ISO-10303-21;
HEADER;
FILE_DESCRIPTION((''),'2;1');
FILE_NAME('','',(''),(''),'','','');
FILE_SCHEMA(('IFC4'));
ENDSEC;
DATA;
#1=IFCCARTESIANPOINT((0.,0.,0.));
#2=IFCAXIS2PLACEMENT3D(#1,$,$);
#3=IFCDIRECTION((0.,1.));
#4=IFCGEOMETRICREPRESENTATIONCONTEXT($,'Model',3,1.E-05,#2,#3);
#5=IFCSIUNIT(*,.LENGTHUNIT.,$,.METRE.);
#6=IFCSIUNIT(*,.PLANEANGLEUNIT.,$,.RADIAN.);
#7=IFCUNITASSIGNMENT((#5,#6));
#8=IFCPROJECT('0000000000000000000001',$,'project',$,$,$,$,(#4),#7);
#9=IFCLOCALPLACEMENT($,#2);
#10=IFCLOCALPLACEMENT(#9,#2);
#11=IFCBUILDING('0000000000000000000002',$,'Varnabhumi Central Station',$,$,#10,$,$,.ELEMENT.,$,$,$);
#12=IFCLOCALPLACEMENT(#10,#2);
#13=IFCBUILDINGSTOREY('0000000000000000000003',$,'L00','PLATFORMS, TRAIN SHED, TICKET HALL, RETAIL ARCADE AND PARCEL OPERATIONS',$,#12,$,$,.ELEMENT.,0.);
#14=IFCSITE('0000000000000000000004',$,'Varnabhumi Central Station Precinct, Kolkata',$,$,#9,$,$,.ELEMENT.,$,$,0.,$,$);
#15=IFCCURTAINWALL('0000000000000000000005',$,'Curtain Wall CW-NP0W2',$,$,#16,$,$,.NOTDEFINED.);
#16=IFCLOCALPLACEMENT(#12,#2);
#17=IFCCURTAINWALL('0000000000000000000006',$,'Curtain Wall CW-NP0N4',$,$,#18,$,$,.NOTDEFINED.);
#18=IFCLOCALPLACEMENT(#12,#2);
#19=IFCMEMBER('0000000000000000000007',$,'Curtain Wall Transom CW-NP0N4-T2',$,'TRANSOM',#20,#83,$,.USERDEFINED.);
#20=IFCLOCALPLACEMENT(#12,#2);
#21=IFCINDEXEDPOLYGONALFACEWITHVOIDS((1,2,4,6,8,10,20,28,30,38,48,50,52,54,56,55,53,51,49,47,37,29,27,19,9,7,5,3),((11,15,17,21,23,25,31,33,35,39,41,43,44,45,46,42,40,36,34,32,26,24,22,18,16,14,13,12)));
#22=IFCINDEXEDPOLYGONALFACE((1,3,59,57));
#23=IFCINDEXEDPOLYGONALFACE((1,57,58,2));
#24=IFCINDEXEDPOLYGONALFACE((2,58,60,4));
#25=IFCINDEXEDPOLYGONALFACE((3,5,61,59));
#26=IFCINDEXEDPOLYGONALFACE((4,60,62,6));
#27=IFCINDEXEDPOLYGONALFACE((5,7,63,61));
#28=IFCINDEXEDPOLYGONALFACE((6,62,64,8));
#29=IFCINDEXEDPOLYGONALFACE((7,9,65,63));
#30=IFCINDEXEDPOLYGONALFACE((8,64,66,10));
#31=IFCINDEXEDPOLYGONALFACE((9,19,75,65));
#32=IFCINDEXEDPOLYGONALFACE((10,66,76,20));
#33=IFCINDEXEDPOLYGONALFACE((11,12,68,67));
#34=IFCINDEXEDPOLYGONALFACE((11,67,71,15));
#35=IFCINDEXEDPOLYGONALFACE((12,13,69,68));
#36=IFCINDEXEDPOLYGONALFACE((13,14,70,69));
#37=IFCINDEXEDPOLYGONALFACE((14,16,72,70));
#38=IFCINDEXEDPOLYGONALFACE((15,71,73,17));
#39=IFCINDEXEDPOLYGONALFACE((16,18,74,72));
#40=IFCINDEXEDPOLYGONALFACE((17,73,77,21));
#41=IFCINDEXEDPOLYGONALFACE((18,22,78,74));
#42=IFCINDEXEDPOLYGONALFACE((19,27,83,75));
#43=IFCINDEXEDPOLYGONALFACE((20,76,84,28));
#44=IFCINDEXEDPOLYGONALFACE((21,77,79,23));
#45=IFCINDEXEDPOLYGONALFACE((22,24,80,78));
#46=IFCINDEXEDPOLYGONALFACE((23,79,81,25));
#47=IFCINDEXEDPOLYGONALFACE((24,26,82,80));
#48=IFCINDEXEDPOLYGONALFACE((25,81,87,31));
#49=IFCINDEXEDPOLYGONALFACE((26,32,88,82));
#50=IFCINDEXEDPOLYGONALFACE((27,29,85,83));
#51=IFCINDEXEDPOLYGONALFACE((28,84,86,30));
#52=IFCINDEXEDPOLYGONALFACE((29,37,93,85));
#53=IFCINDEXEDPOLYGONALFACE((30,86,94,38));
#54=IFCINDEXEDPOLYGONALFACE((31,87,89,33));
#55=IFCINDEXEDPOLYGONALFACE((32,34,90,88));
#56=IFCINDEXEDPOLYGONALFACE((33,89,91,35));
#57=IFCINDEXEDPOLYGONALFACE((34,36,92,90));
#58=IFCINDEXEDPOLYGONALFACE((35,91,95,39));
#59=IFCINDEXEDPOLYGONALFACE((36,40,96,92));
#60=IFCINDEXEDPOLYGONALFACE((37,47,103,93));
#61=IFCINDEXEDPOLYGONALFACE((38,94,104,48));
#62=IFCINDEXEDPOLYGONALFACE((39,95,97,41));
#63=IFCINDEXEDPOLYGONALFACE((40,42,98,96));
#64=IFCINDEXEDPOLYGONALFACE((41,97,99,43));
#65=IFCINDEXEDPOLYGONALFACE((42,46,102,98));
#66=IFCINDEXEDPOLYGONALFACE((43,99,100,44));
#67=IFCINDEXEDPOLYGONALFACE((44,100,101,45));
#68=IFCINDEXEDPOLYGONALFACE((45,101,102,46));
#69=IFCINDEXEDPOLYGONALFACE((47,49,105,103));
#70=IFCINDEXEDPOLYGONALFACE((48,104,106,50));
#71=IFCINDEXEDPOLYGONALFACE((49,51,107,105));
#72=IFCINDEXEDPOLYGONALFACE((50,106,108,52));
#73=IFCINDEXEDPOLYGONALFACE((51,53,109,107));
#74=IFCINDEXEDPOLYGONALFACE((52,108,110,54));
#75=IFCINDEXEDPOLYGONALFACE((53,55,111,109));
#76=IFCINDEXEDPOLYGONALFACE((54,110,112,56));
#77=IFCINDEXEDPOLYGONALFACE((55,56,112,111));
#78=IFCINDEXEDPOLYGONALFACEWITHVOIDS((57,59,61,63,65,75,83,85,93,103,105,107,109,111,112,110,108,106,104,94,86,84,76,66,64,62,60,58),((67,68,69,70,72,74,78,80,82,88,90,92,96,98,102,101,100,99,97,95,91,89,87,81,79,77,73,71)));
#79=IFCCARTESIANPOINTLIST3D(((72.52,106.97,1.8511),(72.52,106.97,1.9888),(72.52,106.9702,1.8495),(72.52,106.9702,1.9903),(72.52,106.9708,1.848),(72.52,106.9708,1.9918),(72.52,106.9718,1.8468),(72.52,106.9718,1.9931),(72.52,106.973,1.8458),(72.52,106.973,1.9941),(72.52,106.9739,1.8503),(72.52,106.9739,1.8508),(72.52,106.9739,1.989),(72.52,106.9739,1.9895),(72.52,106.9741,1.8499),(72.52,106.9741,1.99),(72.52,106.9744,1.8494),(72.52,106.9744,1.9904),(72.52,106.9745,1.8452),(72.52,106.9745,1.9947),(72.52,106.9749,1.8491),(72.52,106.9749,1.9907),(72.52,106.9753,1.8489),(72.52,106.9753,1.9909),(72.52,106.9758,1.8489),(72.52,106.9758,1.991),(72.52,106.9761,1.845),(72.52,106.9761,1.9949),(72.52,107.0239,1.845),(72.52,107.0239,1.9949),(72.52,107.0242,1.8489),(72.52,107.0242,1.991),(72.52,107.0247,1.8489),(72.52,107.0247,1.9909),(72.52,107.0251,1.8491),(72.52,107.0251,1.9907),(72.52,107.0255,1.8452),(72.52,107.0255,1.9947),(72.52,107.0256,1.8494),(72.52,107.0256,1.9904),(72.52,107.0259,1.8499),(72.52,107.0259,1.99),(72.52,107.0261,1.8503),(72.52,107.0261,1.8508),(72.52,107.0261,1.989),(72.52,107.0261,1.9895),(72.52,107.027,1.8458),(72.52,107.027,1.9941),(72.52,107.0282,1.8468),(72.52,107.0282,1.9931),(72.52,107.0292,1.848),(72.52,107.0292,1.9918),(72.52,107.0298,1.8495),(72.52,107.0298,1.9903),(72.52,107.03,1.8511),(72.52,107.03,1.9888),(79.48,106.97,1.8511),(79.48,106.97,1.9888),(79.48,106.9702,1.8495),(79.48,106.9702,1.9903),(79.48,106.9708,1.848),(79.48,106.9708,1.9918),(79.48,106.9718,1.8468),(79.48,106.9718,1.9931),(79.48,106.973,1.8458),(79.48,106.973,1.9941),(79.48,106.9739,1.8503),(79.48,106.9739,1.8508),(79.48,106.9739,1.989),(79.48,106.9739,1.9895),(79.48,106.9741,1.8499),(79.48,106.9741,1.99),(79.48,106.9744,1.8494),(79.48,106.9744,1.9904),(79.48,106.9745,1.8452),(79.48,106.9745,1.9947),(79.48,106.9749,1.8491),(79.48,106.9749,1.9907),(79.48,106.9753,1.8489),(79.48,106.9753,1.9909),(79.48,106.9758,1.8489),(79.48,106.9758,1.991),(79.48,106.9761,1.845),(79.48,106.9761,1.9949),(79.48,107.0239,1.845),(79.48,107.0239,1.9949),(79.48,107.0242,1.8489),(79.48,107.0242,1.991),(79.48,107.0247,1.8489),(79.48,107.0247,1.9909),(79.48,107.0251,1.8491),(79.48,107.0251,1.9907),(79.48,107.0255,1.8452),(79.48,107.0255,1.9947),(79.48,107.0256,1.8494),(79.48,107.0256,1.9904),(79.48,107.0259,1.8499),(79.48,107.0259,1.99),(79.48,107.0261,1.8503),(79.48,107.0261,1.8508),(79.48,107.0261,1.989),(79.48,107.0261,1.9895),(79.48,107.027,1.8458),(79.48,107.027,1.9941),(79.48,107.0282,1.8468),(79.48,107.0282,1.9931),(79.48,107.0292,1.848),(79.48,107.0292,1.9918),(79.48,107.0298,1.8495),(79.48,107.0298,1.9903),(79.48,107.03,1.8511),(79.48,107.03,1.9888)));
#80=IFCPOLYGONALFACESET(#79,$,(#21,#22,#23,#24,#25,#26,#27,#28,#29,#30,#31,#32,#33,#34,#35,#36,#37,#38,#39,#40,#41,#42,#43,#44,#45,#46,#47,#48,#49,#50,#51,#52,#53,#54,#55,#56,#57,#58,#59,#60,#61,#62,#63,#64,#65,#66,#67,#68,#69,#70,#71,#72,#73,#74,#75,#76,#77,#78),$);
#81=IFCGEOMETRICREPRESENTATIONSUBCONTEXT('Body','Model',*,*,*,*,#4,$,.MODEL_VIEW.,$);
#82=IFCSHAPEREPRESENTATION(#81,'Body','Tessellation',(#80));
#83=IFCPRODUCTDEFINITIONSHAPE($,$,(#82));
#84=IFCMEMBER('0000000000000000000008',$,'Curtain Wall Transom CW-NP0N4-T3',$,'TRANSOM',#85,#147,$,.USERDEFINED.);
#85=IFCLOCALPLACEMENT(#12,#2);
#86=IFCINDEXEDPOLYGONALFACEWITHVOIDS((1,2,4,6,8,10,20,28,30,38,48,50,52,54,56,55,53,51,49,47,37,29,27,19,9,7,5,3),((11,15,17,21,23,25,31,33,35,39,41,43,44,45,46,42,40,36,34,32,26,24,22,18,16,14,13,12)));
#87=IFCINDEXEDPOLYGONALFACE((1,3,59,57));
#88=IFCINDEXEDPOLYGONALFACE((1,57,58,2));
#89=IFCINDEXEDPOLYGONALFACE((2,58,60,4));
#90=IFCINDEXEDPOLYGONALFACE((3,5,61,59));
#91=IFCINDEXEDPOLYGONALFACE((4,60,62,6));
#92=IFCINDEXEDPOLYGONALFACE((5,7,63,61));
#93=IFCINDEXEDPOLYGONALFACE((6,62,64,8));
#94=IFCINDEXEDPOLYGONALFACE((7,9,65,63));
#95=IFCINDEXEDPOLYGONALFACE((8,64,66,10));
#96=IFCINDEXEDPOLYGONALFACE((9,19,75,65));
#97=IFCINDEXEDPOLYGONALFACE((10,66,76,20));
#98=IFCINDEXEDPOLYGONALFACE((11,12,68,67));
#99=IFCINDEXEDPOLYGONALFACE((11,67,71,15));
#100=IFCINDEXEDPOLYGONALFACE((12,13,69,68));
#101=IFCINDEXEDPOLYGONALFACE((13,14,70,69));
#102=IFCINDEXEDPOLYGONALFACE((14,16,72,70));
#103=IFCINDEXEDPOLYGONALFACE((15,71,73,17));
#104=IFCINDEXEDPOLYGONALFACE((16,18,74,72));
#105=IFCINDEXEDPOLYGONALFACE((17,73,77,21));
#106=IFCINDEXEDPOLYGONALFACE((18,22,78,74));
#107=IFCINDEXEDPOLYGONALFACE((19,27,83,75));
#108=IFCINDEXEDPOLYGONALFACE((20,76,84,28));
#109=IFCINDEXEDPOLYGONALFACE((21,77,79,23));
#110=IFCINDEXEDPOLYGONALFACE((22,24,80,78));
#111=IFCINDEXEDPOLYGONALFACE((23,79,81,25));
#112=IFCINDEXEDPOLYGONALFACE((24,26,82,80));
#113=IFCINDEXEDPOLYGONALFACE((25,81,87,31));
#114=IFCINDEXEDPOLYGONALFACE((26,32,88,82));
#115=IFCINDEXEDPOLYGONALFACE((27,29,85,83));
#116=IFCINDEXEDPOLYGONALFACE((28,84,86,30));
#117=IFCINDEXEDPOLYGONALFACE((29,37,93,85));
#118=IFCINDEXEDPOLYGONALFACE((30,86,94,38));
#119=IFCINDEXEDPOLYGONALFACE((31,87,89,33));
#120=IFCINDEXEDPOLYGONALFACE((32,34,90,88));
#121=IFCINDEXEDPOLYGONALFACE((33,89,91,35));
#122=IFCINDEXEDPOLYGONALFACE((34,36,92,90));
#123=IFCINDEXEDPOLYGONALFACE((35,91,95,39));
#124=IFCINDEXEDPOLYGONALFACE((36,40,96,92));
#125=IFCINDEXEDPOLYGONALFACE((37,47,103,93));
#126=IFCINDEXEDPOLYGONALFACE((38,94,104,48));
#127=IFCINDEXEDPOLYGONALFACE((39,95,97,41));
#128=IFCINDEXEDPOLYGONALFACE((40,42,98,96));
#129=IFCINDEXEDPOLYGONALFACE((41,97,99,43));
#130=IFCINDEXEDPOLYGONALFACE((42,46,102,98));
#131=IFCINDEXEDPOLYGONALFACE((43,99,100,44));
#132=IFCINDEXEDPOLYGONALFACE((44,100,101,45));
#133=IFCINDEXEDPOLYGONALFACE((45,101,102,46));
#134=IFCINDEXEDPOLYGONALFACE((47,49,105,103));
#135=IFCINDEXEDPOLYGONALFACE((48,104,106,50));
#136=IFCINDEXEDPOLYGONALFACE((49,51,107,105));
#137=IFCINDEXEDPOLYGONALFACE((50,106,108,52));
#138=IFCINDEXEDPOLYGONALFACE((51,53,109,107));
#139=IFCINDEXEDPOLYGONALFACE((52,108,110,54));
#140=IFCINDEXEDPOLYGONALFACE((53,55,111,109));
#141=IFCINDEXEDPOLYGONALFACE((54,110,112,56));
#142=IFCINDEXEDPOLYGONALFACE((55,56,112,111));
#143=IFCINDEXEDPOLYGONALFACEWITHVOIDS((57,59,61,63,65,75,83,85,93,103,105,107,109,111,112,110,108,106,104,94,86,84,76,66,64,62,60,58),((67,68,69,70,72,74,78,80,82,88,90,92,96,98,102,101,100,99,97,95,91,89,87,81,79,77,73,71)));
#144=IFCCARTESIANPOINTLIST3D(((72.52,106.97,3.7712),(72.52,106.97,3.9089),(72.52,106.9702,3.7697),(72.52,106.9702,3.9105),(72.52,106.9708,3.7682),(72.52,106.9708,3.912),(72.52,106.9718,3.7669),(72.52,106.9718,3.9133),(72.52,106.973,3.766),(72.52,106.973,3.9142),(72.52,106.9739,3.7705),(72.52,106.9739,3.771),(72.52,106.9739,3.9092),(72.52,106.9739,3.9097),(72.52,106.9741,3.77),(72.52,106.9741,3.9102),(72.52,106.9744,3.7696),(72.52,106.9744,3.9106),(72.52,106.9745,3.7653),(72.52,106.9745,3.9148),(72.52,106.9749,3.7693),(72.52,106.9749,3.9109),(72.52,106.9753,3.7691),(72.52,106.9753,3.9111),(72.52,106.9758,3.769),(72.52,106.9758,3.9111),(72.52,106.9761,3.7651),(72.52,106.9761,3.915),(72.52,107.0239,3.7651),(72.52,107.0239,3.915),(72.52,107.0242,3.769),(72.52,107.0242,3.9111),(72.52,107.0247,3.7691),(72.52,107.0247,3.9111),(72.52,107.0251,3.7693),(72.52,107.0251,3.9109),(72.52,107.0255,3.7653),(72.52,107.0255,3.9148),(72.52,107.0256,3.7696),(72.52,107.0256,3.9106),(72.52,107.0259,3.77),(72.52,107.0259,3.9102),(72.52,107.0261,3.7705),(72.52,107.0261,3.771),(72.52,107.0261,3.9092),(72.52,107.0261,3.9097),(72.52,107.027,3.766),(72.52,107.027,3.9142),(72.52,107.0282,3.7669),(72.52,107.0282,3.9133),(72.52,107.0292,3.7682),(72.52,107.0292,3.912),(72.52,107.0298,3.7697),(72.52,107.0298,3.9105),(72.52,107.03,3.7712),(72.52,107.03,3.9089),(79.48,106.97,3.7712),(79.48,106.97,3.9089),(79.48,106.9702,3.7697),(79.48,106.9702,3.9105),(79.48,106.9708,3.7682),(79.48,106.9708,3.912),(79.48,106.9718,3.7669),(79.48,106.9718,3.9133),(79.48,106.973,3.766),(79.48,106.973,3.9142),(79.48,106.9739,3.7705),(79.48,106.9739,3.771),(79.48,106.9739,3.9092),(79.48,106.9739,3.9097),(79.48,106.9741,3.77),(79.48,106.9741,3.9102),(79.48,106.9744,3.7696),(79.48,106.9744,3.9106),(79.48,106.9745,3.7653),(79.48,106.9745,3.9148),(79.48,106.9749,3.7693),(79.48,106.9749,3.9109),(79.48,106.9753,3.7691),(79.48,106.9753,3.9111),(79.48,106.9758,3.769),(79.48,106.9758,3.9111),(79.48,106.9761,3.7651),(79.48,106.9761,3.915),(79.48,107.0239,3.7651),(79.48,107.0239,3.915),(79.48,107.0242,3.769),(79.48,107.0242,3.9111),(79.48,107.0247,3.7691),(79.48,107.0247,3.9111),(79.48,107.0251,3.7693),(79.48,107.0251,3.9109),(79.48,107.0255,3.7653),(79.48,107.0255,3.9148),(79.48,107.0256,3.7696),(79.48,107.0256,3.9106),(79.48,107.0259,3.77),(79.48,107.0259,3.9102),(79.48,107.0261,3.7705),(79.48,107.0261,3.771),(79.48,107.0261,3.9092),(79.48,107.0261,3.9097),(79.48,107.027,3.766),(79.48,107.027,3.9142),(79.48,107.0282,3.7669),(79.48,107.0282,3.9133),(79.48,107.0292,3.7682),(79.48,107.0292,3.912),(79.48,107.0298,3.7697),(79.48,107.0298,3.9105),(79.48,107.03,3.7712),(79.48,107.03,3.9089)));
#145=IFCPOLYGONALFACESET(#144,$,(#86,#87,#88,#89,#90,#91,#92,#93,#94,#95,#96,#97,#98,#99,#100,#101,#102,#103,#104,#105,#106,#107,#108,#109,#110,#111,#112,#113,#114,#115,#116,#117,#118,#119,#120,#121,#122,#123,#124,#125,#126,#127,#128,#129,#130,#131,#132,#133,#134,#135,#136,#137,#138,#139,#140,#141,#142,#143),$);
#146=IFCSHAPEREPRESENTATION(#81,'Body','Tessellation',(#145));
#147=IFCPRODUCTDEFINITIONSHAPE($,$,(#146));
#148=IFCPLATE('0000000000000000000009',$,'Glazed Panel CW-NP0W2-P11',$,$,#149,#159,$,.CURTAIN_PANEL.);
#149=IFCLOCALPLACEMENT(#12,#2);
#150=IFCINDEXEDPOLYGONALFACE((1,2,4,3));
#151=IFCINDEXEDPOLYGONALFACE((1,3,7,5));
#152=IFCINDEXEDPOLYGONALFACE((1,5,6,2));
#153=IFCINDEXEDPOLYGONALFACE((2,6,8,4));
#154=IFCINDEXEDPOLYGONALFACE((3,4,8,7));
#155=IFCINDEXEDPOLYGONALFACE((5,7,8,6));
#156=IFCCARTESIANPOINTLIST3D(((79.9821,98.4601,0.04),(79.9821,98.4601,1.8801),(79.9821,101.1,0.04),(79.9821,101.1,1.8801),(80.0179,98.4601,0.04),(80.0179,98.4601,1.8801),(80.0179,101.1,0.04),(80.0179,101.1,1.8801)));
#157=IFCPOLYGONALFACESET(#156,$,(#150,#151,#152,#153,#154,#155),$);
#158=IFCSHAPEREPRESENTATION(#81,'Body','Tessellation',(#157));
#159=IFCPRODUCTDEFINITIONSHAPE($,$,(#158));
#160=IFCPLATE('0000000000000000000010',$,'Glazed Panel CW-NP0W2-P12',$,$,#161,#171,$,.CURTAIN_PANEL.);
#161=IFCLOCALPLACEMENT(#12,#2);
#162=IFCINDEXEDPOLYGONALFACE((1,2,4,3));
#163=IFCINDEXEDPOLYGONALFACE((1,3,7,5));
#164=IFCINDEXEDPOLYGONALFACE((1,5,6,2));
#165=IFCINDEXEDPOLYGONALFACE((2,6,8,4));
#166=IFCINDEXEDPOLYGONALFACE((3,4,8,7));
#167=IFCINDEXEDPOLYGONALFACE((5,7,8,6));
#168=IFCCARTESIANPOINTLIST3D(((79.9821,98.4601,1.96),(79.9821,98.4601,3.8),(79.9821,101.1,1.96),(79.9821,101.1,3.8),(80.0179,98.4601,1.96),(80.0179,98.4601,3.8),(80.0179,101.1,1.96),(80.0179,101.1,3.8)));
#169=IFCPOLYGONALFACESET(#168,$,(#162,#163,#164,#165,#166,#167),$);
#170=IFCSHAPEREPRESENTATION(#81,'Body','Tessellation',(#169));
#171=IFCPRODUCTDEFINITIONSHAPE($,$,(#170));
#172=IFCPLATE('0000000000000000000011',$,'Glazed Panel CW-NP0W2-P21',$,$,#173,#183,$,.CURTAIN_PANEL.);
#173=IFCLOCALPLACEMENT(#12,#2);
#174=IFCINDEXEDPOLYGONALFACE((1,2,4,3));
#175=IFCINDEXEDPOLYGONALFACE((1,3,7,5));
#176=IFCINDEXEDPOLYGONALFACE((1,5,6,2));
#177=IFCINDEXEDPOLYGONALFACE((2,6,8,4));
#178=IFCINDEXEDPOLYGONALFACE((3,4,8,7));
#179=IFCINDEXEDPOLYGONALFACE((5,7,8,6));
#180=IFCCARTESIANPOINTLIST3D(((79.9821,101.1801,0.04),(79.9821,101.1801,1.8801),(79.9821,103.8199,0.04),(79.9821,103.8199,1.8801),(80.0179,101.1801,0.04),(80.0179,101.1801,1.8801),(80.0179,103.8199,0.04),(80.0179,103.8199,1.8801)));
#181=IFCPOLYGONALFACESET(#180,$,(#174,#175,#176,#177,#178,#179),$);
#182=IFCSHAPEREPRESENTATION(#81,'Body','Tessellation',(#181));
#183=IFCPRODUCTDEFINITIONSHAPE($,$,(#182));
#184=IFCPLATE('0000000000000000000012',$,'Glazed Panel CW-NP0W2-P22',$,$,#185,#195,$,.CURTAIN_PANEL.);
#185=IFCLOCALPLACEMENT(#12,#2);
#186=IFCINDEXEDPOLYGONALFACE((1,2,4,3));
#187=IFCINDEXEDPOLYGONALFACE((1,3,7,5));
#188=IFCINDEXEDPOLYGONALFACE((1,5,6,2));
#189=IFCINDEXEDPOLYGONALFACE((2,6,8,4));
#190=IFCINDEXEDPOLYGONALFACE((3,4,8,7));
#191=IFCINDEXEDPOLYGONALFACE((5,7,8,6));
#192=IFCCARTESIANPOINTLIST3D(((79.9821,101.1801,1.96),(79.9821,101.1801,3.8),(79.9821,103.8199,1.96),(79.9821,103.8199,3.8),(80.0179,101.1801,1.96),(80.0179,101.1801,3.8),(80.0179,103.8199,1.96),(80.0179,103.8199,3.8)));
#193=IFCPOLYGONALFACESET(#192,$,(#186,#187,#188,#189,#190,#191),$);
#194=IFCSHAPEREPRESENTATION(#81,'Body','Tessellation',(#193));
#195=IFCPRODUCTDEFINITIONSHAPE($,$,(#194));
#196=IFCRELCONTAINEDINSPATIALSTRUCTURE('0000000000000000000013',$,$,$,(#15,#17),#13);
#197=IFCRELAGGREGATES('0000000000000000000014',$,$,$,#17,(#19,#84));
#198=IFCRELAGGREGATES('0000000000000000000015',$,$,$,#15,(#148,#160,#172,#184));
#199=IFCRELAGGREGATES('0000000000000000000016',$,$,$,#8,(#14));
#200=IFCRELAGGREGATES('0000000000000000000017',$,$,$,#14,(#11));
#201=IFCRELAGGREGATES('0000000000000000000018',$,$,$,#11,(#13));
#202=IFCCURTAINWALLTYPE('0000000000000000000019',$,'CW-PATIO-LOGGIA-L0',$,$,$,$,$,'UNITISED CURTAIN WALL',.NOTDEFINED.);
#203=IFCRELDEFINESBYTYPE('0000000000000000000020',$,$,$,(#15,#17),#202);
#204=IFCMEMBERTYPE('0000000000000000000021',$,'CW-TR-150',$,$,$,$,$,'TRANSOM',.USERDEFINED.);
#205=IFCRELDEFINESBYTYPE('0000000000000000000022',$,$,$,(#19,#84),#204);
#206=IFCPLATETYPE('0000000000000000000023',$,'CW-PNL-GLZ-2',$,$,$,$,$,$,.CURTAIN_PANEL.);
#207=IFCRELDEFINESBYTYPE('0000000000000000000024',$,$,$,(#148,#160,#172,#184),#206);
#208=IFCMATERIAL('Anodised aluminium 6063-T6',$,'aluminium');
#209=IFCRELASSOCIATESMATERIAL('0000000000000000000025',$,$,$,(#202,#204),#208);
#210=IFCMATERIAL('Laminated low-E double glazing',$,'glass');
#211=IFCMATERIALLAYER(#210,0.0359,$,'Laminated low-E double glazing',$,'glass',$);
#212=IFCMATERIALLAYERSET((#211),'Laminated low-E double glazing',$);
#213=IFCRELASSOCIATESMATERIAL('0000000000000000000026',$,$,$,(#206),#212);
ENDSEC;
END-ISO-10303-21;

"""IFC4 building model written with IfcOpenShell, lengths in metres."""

from ifc_helpers import new_model, si_unit, direction, frame, origin, origin_2d, place, context, subcontext, project, spatial, rectangle, hollow_rectangle, extrude, material, layer, layer_set, material_profile, profile_set, type_object, element, aggregate, save


model = new_model("IFC4")

# Units and contexts
model_context = context("Model", 3, precision=1e-05, world=origin(), true_north=direction((0.0, 1.0)))
body_context = subcontext(model_context, "Body", "Model", "MODEL_VIEW")
ifc_project = project(units=[si_unit("LENGTHUNIT", "METRE"), si_unit("PLANEANGLEUNIT", "RADIAN")], contexts=[model_context])

# Site, building, storey
site_placement = place(None, origin())
site = spatial("IfcSite", under=ifc_project, at=site_placement, Name="Varnabhumi Central Station Precinct, Kolkata", CompositionType="ELEMENT", RefElevation=0.0)
building_placement = place(site_placement, origin())
building = spatial("IfcBuilding", under=site, at=building_placement, Name="Varnabhumi Central Station", CompositionType="ELEMENT")
storey_placement = place(building_placement, origin())
storey = spatial("IfcBuildingStorey", under=building, at=storey_placement, Name="L00", Description="PLATFORMS, TRAIN SHED, TICKET HALL, RETAIL ARCADE AND PARCEL OPERATIONS", CompositionType="ELEMENT", Elevation=0.0)

# Curtain wall
ifc_material_1 = material(Name="Anodised aluminium 6063-T6", Category="aluminium")
curtain_wall_type = type_object("IfcCurtainWallType", Name="CW-PATIO-LOGGIA-L0", ElementType="UNITISED CURTAIN WALL", PredefinedType="NOTDEFINED", material=ifc_material_1)
curtain_wall_1_placement = place(storey_placement, origin())
curtain_wall_1 = element("IfcCurtainWall", 1, at=curtain_wall_1_placement, inside=storey, type_object=curtain_wall_type, Name="Curtain Wall CW-NP0W2", PredefinedType="NOTDEFINED")

# Curtain wall
curtain_wall_2_placement = place(storey_placement, origin())
curtain_wall_2 = element("IfcCurtainWall", 2, at=curtain_wall_2_placement, inside=storey, type_object=curtain_wall_type, Name="Curtain Wall CW-NP0N4", PredefinedType="NOTDEFINED")

# Members
ifc_material_profile_1 = material_profile(ifc_material_1, hollow_rectangle(XDim=0.0601, YDim=0.1499, WallThickness=0.0039, InnerFilletRadius=0.002, OuterFilletRadius=0.0061, at=origin_2d()), Name="Anodised aluminium 6063-T6", Category="aluminium")
ifc_profile_set_1 = profile_set([ifc_material_profile_1], Name="Anodised aluminium 6063-T6")
member_type_1 = type_object("IfcMemberType", Name="CW-TR-150", ElementType="TRANSOM", PredefinedType="USERDEFINED", material=ifc_profile_set_1)
member_1_placement = place(storey_placement, frame((72.52, 107.0, 1.9199), z_axis=(1.0, 0.0, 0.0), x_axis=(0.0, 1.0, 0.0)))
member_1 = element("IfcMember", 3, at=member_1_placement, type_object=member_type_1, Name="Curtain Wall Transom CW-NP0N4-T2", ObjectType="TRANSOM", PredefinedType="USERDEFINED", context=body_context, shape_type="SweptSolid", body=[
    extrude(hollow_rectangle(XDim=0.0601, YDim=0.1499, WallThickness=0.0039, InnerFilletRadius=0.002, OuterFilletRadius=0.0061, at=origin_2d()), origin(), (0.0, 0.0, 1.0), 6.96),
])
member_2_placement = place(storey_placement, frame((72.52, 107.0, 3.8401), z_axis=(1.0, 0.0, 0.0), x_axis=(0.0, 1.0, 0.0)))
member_2 = element("IfcMember", 4, at=member_2_placement, type_object=member_type_1, Name="Curtain Wall Transom CW-NP0N4-T3", ObjectType="TRANSOM", PredefinedType="USERDEFINED", context=body_context, shape_type="SweptSolid", body=[
    extrude(hollow_rectangle(XDim=0.0601, YDim=0.1499, WallThickness=0.0039, InnerFilletRadius=0.002, OuterFilletRadius=0.0061, at=origin_2d()), origin(), (0.0, 0.0, 1.0), 6.96),
])
aggregate(curtain_wall_2, [member_1, member_2])

# Plates
ifc_material_2 = material(Name="Laminated low-E double glazing", Category="glass")
ifc_layer_1 = layer(ifc_material_2, 0.0359, Name="Laminated low-E double glazing", Category="glass")
ifc_layer_set_1 = layer_set([ifc_layer_1], Name="Laminated low-E double glazing")
plate_type_1 = type_object("IfcPlateType", Name="CW-PNL-GLZ-2", PredefinedType="CURTAIN_PANEL", material=ifc_layer_set_1)
plate_1_placement = place(storey_placement, frame((80.0, 99.78, 0.04), z_axis=(0.0, 0.0, 1.0), x_axis=(0.0, 1.0, 0.0)))
plate_1 = element("IfcPlate", 5, at=plate_1_placement, type_object=plate_type_1, Name="Glazed Panel CW-NP0W2-P11", PredefinedType="CURTAIN_PANEL", context=body_context, shape_type="SweptSolid", body=[
    extrude(rectangle(XDim=2.6399, YDim=0.0359, at=origin_2d()), origin(), (0.0, 0.0, 1.0), 1.8401),
])
plate_2_placement = place(storey_placement, frame((80.0, 99.78, 1.96), z_axis=(0.0, 0.0, 1.0), x_axis=(0.0, 1.0, 0.0)))
plate_2 = element("IfcPlate", 6, at=plate_2_placement, type_object=plate_type_1, Name="Glazed Panel CW-NP0W2-P12", PredefinedType="CURTAIN_PANEL", context=body_context, shape_type="SweptSolid", body=[
    extrude(rectangle(XDim=2.6399, YDim=0.0359, at=origin_2d()), origin(), (0.0, 0.0, 1.0), 1.8401),
])
plate_3_placement = place(storey_placement, frame((80.0, 102.5, 0.04), z_axis=(0.0, 0.0, 1.0), x_axis=(0.0, 1.0, 0.0)))
plate_3 = element("IfcPlate", 7, at=plate_3_placement, type_object=plate_type_1, Name="Glazed Panel CW-NP0W2-P21", PredefinedType="CURTAIN_PANEL", context=body_context, shape_type="SweptSolid", body=[
    extrude(rectangle(XDim=2.6399, YDim=0.0359, at=origin_2d()), origin(), (0.0, 0.0, 1.0), 1.8401),
])
plate_4_placement = place(storey_placement, frame((80.0, 102.5, 1.96), z_axis=(0.0, 0.0, 1.0), x_axis=(0.0, 1.0, 0.0)))
plate_4 = element("IfcPlate", 8, at=plate_4_placement, type_object=plate_type_1, Name="Glazed Panel CW-NP0W2-P22", PredefinedType="CURTAIN_PANEL", context=body_context, shape_type="SweptSolid", body=[
    extrude(rectangle(XDim=2.6399, YDim=0.0359, at=origin_2d()), origin(), (0.0, 0.0, 1.0), 1.8401),
])
aggregate(curtain_wall_1, [plate_1, plate_2, plate_3, plate_4])

save(model, "model.ifc")
